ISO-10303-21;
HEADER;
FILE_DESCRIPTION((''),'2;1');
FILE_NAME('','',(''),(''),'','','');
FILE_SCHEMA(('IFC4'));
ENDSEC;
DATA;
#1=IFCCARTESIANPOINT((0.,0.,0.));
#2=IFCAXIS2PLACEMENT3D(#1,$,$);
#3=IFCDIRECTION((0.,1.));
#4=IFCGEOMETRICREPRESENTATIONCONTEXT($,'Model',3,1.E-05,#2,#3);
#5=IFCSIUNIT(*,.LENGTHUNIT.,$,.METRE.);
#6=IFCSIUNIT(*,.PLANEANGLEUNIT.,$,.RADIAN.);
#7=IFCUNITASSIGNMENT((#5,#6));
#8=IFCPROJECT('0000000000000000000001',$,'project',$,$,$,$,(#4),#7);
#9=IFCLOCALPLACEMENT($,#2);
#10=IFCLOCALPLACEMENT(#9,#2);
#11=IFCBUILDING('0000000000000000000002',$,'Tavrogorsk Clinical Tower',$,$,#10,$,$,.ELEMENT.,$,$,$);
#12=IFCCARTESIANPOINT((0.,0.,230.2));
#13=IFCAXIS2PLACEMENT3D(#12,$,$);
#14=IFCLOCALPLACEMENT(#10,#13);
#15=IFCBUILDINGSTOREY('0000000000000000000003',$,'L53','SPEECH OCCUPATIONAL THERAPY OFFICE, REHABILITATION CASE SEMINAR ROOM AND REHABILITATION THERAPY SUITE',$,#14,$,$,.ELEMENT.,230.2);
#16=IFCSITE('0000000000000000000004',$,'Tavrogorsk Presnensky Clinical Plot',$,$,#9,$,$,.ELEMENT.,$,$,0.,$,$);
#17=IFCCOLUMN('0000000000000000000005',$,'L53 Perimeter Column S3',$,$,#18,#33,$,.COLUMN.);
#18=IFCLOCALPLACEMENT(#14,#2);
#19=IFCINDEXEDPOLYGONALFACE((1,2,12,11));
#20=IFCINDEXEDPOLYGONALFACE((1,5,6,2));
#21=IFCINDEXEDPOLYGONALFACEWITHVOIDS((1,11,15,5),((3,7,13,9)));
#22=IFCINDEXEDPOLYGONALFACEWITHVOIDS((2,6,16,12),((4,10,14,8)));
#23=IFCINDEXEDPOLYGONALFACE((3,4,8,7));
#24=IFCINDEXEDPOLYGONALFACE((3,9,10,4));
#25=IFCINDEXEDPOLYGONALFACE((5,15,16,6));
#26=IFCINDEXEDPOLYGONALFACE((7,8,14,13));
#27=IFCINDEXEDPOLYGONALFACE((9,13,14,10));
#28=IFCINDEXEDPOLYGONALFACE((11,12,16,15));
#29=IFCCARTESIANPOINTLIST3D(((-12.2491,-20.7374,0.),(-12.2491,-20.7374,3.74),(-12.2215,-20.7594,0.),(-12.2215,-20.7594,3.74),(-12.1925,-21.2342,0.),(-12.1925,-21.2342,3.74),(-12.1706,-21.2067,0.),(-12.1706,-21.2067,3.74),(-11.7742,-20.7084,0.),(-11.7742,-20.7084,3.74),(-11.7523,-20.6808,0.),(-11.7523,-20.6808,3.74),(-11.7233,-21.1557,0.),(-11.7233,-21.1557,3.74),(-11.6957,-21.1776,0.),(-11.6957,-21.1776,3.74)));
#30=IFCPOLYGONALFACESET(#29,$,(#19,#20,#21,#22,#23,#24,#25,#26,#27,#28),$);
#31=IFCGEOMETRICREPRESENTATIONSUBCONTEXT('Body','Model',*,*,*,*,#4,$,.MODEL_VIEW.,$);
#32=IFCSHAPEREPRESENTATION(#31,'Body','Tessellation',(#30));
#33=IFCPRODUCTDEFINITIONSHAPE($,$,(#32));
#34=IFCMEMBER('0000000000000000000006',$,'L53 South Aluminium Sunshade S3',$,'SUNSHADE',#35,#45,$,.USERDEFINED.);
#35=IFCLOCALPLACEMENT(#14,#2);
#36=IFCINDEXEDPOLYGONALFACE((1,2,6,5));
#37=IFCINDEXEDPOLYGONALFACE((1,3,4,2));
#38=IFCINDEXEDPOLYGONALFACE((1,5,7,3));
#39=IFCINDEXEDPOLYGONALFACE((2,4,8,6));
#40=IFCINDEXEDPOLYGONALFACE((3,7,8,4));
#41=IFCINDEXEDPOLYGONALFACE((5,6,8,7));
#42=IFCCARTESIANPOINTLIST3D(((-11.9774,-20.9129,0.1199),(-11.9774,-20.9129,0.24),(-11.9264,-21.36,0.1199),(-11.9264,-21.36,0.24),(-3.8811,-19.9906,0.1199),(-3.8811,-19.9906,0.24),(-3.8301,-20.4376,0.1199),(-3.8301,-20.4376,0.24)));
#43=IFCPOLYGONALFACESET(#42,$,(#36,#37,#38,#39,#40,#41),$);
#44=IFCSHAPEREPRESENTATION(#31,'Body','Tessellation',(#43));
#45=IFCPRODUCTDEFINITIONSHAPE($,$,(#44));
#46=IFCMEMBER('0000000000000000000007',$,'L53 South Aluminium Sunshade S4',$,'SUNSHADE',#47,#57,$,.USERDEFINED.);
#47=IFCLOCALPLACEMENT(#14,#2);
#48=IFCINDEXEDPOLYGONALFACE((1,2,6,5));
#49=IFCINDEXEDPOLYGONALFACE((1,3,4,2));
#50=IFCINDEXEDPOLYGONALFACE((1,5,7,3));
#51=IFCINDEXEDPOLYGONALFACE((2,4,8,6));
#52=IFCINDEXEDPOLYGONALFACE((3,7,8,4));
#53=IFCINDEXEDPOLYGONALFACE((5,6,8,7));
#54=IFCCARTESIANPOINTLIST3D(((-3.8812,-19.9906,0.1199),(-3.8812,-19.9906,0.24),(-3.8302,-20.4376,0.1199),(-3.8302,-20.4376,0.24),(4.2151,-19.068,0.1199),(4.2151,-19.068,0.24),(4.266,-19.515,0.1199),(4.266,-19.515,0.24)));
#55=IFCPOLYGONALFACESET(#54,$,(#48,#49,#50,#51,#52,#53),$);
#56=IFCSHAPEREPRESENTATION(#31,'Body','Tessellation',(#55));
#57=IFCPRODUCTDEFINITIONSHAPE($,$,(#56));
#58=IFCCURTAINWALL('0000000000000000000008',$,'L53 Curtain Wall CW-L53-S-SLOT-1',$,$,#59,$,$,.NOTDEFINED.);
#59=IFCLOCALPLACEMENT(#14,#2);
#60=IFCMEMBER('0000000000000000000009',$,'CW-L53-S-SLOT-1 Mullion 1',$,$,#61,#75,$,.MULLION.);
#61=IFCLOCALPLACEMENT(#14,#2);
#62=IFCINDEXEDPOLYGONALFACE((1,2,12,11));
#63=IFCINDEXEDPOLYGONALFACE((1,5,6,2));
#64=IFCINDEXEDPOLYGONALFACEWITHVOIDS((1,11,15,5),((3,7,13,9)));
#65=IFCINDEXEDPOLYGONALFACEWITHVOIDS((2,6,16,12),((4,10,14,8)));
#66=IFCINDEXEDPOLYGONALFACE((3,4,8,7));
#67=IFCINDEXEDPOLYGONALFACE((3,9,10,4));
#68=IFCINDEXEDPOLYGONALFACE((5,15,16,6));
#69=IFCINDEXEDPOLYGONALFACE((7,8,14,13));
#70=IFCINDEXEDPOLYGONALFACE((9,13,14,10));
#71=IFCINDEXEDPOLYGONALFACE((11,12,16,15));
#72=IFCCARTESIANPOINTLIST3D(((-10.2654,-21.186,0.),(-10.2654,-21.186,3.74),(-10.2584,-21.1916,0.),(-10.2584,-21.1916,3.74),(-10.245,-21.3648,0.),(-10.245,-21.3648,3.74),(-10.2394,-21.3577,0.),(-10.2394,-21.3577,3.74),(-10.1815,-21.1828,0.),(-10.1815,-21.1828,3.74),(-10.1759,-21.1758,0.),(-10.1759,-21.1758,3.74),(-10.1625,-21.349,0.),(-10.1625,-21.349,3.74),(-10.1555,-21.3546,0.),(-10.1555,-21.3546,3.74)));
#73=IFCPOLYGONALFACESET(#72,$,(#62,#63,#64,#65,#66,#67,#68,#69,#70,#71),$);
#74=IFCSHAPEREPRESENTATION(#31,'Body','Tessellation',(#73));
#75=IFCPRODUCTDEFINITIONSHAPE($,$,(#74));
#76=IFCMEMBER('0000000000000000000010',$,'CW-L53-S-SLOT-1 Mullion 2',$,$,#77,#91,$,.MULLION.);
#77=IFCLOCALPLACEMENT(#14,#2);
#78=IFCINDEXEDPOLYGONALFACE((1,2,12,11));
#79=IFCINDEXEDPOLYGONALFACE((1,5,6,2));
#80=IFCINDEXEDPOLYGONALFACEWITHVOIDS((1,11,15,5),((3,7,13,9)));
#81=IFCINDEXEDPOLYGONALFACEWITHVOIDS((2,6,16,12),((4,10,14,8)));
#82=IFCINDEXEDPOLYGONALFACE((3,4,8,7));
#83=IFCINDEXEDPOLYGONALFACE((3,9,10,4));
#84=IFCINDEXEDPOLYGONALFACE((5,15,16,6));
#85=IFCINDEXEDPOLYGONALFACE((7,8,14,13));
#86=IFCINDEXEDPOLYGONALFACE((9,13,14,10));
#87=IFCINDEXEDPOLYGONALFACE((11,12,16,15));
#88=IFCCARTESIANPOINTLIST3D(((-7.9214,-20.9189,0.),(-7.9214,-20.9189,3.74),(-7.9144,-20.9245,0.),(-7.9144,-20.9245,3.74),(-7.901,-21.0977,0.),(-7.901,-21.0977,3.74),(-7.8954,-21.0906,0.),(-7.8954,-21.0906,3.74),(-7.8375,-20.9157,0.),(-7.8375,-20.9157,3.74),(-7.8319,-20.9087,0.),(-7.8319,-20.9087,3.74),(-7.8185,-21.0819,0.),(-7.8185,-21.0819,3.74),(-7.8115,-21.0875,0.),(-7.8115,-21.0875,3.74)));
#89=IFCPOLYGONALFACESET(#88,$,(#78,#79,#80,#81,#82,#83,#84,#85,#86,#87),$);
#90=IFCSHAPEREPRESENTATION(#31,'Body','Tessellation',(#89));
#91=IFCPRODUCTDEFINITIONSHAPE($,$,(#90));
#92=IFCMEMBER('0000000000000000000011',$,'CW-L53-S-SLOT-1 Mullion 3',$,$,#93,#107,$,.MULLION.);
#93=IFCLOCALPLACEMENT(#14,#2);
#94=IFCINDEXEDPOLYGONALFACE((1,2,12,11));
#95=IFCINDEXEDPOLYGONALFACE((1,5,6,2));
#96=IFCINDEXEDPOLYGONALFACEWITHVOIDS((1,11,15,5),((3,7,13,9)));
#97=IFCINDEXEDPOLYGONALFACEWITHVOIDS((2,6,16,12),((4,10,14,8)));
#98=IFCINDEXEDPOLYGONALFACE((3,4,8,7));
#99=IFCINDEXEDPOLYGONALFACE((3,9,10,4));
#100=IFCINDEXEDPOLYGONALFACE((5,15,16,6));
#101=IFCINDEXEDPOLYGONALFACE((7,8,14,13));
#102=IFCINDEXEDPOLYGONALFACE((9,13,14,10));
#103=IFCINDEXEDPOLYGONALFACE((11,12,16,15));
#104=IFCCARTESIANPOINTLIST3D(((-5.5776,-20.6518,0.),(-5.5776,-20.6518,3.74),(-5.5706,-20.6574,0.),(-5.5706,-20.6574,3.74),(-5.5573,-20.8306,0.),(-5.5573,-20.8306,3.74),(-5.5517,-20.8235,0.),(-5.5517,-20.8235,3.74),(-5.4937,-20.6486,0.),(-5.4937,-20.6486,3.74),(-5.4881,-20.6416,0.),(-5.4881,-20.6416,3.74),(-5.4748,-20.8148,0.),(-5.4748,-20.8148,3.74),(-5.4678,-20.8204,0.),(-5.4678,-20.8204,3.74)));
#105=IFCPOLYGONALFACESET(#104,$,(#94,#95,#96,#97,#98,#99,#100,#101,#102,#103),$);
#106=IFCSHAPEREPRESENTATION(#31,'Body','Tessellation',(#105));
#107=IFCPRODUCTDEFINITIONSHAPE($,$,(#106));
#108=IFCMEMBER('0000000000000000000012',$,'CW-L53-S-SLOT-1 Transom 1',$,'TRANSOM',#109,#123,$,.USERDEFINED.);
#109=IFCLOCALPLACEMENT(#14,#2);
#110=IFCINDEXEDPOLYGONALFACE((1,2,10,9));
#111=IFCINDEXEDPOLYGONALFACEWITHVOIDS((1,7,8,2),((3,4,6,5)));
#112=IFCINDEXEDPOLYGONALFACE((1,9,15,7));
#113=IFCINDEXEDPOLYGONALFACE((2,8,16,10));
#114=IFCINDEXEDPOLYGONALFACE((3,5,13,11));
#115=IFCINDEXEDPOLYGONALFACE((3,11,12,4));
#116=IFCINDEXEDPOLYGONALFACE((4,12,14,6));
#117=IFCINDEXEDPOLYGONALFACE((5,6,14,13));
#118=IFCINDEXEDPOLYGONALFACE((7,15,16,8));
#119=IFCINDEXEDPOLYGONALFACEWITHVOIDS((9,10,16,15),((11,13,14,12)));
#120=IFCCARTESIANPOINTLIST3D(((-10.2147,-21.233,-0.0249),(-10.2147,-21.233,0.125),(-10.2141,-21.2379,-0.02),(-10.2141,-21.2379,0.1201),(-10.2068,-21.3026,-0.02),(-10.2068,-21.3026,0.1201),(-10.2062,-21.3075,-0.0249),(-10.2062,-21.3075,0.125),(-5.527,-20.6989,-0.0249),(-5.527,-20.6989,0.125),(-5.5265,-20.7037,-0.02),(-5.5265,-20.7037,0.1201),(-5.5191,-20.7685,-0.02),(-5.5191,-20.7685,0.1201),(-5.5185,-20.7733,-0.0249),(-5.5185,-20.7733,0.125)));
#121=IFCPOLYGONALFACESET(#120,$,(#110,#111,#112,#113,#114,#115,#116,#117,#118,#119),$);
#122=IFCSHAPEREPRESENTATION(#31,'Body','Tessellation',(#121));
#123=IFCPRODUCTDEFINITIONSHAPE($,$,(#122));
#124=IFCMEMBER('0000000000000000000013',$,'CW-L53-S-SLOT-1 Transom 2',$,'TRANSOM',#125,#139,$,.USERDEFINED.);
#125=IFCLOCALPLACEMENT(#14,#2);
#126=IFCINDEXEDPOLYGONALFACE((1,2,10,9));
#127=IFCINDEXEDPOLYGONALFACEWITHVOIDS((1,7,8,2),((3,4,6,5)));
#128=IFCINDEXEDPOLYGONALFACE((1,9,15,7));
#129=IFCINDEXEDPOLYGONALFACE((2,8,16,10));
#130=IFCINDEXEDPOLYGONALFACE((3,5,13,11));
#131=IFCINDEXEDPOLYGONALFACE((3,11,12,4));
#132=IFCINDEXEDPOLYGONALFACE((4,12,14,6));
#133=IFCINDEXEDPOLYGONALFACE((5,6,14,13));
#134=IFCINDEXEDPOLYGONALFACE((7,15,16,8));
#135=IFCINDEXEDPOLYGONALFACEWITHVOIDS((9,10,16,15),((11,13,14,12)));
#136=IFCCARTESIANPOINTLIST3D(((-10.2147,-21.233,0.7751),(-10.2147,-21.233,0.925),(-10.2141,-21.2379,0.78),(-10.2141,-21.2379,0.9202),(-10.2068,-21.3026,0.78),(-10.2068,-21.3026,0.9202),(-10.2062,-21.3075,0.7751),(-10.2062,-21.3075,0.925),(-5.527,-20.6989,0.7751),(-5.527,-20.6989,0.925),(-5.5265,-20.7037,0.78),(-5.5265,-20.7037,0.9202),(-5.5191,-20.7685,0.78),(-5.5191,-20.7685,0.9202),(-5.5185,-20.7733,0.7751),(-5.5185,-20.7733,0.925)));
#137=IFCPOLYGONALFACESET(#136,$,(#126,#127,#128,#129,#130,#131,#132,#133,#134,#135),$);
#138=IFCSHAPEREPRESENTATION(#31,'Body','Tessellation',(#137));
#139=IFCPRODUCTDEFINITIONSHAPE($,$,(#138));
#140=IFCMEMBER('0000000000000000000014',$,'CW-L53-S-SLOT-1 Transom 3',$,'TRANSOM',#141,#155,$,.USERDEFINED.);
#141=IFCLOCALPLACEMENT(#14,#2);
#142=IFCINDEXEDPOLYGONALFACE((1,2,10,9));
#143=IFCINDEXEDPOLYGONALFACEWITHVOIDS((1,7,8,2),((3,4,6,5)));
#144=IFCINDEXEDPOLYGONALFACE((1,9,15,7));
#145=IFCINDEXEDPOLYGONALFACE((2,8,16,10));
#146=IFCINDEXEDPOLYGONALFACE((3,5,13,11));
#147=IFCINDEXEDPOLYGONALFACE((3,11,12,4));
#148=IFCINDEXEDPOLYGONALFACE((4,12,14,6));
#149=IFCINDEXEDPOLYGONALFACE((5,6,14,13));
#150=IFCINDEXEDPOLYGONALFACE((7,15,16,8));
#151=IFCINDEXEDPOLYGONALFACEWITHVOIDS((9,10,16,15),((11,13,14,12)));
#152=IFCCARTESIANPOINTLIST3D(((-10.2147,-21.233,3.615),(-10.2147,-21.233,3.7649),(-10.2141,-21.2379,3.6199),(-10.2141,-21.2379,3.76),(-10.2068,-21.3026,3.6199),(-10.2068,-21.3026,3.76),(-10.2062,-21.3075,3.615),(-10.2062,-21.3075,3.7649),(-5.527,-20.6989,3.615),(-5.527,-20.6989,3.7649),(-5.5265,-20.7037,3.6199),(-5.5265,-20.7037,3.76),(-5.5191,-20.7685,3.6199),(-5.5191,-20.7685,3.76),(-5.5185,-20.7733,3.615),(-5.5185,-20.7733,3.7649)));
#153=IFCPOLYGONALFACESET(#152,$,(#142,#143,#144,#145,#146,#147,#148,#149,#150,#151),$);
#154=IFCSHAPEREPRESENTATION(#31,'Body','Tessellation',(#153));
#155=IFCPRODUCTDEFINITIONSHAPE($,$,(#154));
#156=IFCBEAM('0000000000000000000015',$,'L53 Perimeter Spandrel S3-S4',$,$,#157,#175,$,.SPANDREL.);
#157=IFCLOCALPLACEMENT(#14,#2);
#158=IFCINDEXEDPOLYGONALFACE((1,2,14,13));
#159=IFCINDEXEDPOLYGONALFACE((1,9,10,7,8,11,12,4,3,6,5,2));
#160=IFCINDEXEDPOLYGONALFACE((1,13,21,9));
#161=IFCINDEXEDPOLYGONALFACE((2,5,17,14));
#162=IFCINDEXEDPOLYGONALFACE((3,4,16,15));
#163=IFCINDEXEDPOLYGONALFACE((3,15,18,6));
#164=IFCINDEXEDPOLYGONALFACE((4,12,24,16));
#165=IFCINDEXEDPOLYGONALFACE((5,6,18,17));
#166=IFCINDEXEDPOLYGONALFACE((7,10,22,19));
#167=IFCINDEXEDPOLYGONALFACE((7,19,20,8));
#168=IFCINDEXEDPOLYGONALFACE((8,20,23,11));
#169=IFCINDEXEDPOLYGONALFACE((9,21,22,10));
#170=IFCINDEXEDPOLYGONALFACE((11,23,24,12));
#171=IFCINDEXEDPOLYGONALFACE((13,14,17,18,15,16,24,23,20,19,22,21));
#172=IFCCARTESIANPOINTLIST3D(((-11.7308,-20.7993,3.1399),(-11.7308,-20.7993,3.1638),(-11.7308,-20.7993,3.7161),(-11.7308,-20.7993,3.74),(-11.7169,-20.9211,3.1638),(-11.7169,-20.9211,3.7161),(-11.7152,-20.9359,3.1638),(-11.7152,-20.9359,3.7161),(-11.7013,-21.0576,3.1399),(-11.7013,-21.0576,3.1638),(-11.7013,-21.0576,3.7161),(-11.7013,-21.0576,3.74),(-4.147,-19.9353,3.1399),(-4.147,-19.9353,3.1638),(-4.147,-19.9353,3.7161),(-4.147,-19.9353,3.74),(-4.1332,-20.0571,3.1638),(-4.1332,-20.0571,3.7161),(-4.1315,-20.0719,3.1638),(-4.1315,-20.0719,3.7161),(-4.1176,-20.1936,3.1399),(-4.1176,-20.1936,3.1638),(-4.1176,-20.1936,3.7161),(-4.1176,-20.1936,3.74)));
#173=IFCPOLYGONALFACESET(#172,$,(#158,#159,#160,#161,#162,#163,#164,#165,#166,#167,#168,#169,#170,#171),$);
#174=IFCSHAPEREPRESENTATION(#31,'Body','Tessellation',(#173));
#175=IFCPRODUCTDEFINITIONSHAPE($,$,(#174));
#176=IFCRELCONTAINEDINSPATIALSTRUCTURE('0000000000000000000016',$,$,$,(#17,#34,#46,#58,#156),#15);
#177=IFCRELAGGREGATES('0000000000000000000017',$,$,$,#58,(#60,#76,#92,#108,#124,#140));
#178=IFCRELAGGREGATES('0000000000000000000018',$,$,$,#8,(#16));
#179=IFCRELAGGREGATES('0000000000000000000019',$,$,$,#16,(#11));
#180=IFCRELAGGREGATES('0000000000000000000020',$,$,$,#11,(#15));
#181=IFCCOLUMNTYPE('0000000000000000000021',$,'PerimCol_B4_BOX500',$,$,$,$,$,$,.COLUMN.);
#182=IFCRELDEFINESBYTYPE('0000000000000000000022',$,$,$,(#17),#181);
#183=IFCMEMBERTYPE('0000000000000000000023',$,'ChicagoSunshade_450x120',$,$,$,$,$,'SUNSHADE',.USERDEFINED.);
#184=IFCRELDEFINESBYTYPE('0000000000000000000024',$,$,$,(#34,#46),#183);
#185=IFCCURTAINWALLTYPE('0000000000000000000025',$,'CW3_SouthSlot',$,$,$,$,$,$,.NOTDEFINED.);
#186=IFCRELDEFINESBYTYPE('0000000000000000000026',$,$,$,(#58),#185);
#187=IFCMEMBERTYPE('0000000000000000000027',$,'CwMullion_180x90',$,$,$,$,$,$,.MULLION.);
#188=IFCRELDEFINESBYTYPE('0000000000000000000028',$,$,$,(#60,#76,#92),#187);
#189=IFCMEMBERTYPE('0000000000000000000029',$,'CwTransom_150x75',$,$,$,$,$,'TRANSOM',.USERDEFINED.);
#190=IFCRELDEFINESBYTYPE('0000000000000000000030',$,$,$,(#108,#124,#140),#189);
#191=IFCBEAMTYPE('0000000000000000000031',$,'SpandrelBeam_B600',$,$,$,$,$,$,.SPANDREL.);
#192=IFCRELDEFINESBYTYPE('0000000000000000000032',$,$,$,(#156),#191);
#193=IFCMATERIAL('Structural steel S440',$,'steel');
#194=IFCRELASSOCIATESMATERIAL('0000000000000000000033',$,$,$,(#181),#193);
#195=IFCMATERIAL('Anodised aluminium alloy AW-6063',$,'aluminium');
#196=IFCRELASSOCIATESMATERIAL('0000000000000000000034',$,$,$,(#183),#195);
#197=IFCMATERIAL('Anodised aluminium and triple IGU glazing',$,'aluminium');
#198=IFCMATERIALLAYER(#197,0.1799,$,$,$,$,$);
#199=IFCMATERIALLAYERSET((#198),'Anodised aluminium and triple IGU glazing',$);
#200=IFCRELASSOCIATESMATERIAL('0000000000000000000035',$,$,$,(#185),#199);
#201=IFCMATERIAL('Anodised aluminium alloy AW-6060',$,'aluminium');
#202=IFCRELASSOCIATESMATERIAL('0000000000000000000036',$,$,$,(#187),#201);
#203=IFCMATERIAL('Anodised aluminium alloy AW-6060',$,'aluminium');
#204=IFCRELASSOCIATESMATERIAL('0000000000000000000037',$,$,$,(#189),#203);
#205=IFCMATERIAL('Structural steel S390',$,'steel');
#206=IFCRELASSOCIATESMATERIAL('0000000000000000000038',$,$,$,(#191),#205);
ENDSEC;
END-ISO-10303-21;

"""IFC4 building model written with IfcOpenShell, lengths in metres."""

from ifc_helpers import new_model, si_unit, direction, frame, origin, origin_2d, place, context, subcontext, project, spatial, rectangle, hollow_rectangle, i_section, extrude, material, layer, layer_set, material_profile, profile_set, type_object, element, aggregate, save


model = new_model("IFC4")

# Units and contexts
model_context = context("Model", 3, precision=1e-05, world=origin(), true_north=direction((0.0, 1.0)))
body_context = subcontext(model_context, "Body", "Model", "MODEL_VIEW")
ifc_project = project(units=[si_unit("LENGTHUNIT", "METRE"), si_unit("PLANEANGLEUNIT", "RADIAN")], contexts=[model_context])

# Site, building, storey
site_placement = place(None, origin())
site = spatial("IfcSite", under=ifc_project, at=site_placement, Name="Tavrogorsk Presnensky Clinical Plot", CompositionType="ELEMENT", RefElevation=0.0)
building_placement = place(site_placement, origin())
building = spatial("IfcBuilding", under=site, at=building_placement, Name="Tavrogorsk Clinical Tower", CompositionType="ELEMENT")
storey_placement = place(building_placement, frame((0.0, 0.0, 230.2)))
storey = spatial("IfcBuildingStorey", under=building, at=storey_placement, Name="L53", Description="SPEECH OCCUPATIONAL THERAPY OFFICE, REHABILITATION CASE SEMINAR ROOM AND REHABILITATION THERAPY SUITE", CompositionType="ELEMENT", Elevation=230.2)

# Column
ifc_material_1 = material(Name="Structural steel S440", Category="steel")
ifc_material_profile_1 = material_profile(ifc_material_1, hollow_rectangle(XDim=0.5, YDim=0.5, WallThickness=0.0249, at=origin_2d()), Name="BOX-500x500x25")
ifc_profile_set_1 = profile_set([ifc_material_profile_1], Name="Structural steel S440")
column_type = type_object("IfcColumnType", Name="PerimCol_B4_BOX500", PredefinedType="COLUMN", material=ifc_profile_set_1)
column_placement = place(storey_placement, frame((-11.9724, -20.9575, 0.0), z_axis=(0.0, 0.0, 1.0), x_axis=(0.993572, 0.113203, 0.0)))
element("IfcColumn", 1, at=column_placement, inside=storey, type_object=column_type, Name="L53 Perimeter Column S3", PredefinedType="COLUMN", context=body_context, shape_type="SweptSolid", body=[
    extrude(hollow_rectangle(XDim=0.5, YDim=0.5, WallThickness=0.0249, at=origin_2d()), origin(), (0.0, 0.0, 1.0), 3.74),
])

# Members
ifc_material_2 = material(Name="Anodised aluminium alloy AW-6063", Category="aluminium")
ifc_material_profile_2 = material_profile(ifc_material_2, rectangle(XDim=0.45, YDim=0.1201, at=origin_2d()), Name="ALU-SUNSHADE-450x120")
ifc_profile_set_2 = profile_set([ifc_material_profile_2], Name="Anodised aluminium alloy AW-6063")
member_type_1 = type_object("IfcMemberType", Name="ChicagoSunshade_450x120", ElementType="SUNSHADE", PredefinedType="USERDEFINED", material=ifc_profile_set_2)
for number, where, z_axis, x_axis, name in (
    (2, (-11.9519, -21.1365, 0.1799), (0.993573, 0.113193, 0.0), (-0.113193, 0.993573, 0.0), "L53 South Aluminium Sunshade S3"),
    (3, (-3.8557, -20.2141, 0.1799), (0.99357, 0.113223, 0.0), (-0.113223, 0.99357, 0.0), "L53 South Aluminium Sunshade S4"),
):
    element("IfcMember", number, at=place(storey_placement, frame(where, z_axis=z_axis, x_axis=x_axis)), inside=storey, type_object=member_type_1, Name=name, ObjectType="SUNSHADE", PredefinedType="USERDEFINED", context=body_context, shape_type="SweptSolid", body=[
        extrude(rectangle(XDim=0.45, YDim=0.1201, at=origin_2d()), origin(), (0.0, 0.0, 1.0), 8.1487),
    ])

# Curtain wall, members
ifc_material_3 = material(Name="Anodised aluminium and triple IGU glazing", Category="aluminium")
ifc_layer_1 = layer(ifc_material_3, 0.1799)
ifc_layer_set_1 = layer_set([ifc_layer_1], Name="Anodised aluminium and triple IGU glazing")
curtain_wall_type = type_object("IfcCurtainWallType", Name="CW3_SouthSlot", PredefinedType="NOTDEFINED", material=ifc_layer_set_1)
curtain_wall_placement = place(storey_placement, origin())
curtain_wall = element("IfcCurtainWall", 4, at=curtain_wall_placement, inside=storey, type_object=curtain_wall_type, Name="L53 Curtain Wall CW-L53-S-SLOT-1", PredefinedType="NOTDEFINED")
ifc_material_4 = material(Name="Anodised aluminium alloy AW-6060", Category="aluminium")
ifc_material_profile_3 = material_profile(ifc_material_4, hollow_rectangle(XDim=0.0901, YDim=0.1799, WallThickness=0.0063, at=origin_2d()), Name="RHS-180x90x6.3")
ifc_profile_set_3 = profile_set([ifc_material_profile_3], Name="Anodised aluminium alloy AW-6060")
member_type_2 = type_object("IfcMemberType", Name="CwMullion_180x90", PredefinedType="MULLION", material=ifc_profile_set_3)
member_1_placement = place(storey_placement, frame((-10.2104, -21.2703, 0.0), z_axis=(0.0, 0.0, 1.0), x_axis=(0.993572, 0.113203, 0.0)))
member_1 = element("IfcMember", 5, at=member_1_placement, type_object=member_type_2, Name="CW-L53-S-SLOT-1 Mullion 1", PredefinedType="MULLION", context=body_context, shape_type="SweptSolid", body=[
    extrude(hollow_rectangle(XDim=0.0901, YDim=0.1799, WallThickness=0.0063, at=origin_2d()), origin(), (0.0, 0.0, 1.0), 3.74),
])
member_2_placement = place(storey_placement, frame((-7.8665, -21.0032, 0.0), z_axis=(0.0, 0.0, 1.0), x_axis=(0.993572, 0.113203, 0.0)))
member_2 = element("IfcMember", 6, at=member_2_placement, type_object=member_type_2, Name="CW-L53-S-SLOT-1 Mullion 2", PredefinedType="MULLION", context=body_context, shape_type="SweptSolid", body=[
    extrude(hollow_rectangle(XDim=0.0901, YDim=0.1799, WallThickness=0.0063, at=origin_2d()), origin(), (0.0, 0.0, 1.0), 3.74),
])
member_3_placement = place(storey_placement, frame((-5.5227, -20.7361, 0.0), z_axis=(0.0, 0.0, 1.0), x_axis=(0.993572, 0.113203, 0.0)))
member_3 = element("IfcMember", 7, at=member_3_placement, type_object=member_type_2, Name="CW-L53-S-SLOT-1 Mullion 3", PredefinedType="MULLION", context=body_context, shape_type="SweptSolid", body=[
    extrude(hollow_rectangle(XDim=0.0901, YDim=0.1799, WallThickness=0.0063, at=origin_2d()), origin(), (0.0, 0.0, 1.0), 3.74),
])
ifc_material_5 = material(Name="Anodised aluminium alloy AW-6060", Category="aluminium")
ifc_material_profile_4 = material_profile(ifc_material_5, hollow_rectangle(XDim=0.075, YDim=0.1499, WallThickness=0.0049, at=origin_2d()), Name="RHS-150x75x5")
ifc_profile_set_4 = profile_set([ifc_material_profile_4], Name="Anodised aluminium alloy AW-6060")
member_type_3 = type_object("IfcMemberType", Name="CwTransom_150x75", ElementType="TRANSOM", PredefinedType="USERDEFINED", material=ifc_profile_set_4)
member_4_placement = place(storey_placement, frame((-10.2104, -21.2703, 0.05), z_axis=(0.99357, 0.11322, 0.0), x_axis=(-0.11322, 0.99357, 0.0)))
member_4 = element("IfcMember", 8, at=member_4_placement, type_object=member_type_3, Name="CW-L53-S-SLOT-1 Transom 1", ObjectType="TRANSOM", PredefinedType="USERDEFINED", context=body_context, shape_type="SweptSolid", body=[
    extrude(hollow_rectangle(XDim=0.075, YDim=0.1499, WallThickness=0.0049, at=origin_2d()), origin(), (0.0, 0.0, 1.0), 4.718),
])
member_5_placement = place(storey_placement, frame((-10.2104, -21.2703, 0.8501), z_axis=(0.99357, 0.11322, 0.0), x_axis=(-0.11322, 0.99357, 0.0)))
member_5 = element("IfcMember", 9, at=member_5_placement, type_object=member_type_3, Name="CW-L53-S-SLOT-1 Transom 2", ObjectType="TRANSOM", PredefinedType="USERDEFINED", context=body_context, shape_type="SweptSolid", body=[
    extrude(hollow_rectangle(XDim=0.075, YDim=0.1499, WallThickness=0.0049, at=origin_2d()), origin(), (0.0, 0.0, 1.0), 4.718),
])
member_6_placement = place(storey_placement, frame((-10.2104, -21.2703, 3.6899), z_axis=(0.99357, 0.11322, 0.0), x_axis=(-0.11322, 0.99357, 0.0)))
member_6 = element("IfcMember", 10, at=member_6_placement, type_object=member_type_3, Name="CW-L53-S-SLOT-1 Transom 3", ObjectType="TRANSOM", PredefinedType="USERDEFINED", context=body_context, shape_type="SweptSolid", body=[
    extrude(hollow_rectangle(XDim=0.075, YDim=0.1499, WallThickness=0.0049, at=origin_2d()), origin(), (0.0, 0.0, 1.0), 4.718),
])

# Beam
ifc_material_6 = material(Name="Structural steel S390", Category="steel")
ifc_material_profile_5 = material_profile(ifc_material_6, i_section(OverallWidth=0.26, OverallDepth=0.6001, WebThickness=0.0149, FlangeThickness=0.0239, at=origin_2d()), Name="B-600x260x15x24")
ifc_profile_set_5 = profile_set([ifc_material_profile_5], Name="Structural steel S390")
beam_type = type_object("IfcBeamType", Name="SpandrelBeam_B600", PredefinedType="SPANDREL", material=ifc_profile_set_5)
beam_placement = place(storey_placement, frame((-11.7161, -20.9285, 3.4399), z_axis=(0.993573, 0.113197, 0.0), x_axis=(-0.113197, 0.993573, 0.0)))
element("IfcBeam", 11, at=beam_placement, inside=storey, type_object=beam_type, Name="L53 Perimeter Spandrel S3-S4", PredefinedType="SPANDREL", context=body_context, shape_type="SweptSolid", body=[
    extrude(i_section(OverallWidth=0.26, OverallDepth=0.6001, WebThickness=0.0149, FlangeThickness=0.0239, at=origin_2d()), origin(), (0.0, 0.0, 1.0), 7.6328),
])

aggregate(curtain_wall, [member_1, member_2, member_3, member_4, member_5, member_6])

save(model, "model.ifc")
